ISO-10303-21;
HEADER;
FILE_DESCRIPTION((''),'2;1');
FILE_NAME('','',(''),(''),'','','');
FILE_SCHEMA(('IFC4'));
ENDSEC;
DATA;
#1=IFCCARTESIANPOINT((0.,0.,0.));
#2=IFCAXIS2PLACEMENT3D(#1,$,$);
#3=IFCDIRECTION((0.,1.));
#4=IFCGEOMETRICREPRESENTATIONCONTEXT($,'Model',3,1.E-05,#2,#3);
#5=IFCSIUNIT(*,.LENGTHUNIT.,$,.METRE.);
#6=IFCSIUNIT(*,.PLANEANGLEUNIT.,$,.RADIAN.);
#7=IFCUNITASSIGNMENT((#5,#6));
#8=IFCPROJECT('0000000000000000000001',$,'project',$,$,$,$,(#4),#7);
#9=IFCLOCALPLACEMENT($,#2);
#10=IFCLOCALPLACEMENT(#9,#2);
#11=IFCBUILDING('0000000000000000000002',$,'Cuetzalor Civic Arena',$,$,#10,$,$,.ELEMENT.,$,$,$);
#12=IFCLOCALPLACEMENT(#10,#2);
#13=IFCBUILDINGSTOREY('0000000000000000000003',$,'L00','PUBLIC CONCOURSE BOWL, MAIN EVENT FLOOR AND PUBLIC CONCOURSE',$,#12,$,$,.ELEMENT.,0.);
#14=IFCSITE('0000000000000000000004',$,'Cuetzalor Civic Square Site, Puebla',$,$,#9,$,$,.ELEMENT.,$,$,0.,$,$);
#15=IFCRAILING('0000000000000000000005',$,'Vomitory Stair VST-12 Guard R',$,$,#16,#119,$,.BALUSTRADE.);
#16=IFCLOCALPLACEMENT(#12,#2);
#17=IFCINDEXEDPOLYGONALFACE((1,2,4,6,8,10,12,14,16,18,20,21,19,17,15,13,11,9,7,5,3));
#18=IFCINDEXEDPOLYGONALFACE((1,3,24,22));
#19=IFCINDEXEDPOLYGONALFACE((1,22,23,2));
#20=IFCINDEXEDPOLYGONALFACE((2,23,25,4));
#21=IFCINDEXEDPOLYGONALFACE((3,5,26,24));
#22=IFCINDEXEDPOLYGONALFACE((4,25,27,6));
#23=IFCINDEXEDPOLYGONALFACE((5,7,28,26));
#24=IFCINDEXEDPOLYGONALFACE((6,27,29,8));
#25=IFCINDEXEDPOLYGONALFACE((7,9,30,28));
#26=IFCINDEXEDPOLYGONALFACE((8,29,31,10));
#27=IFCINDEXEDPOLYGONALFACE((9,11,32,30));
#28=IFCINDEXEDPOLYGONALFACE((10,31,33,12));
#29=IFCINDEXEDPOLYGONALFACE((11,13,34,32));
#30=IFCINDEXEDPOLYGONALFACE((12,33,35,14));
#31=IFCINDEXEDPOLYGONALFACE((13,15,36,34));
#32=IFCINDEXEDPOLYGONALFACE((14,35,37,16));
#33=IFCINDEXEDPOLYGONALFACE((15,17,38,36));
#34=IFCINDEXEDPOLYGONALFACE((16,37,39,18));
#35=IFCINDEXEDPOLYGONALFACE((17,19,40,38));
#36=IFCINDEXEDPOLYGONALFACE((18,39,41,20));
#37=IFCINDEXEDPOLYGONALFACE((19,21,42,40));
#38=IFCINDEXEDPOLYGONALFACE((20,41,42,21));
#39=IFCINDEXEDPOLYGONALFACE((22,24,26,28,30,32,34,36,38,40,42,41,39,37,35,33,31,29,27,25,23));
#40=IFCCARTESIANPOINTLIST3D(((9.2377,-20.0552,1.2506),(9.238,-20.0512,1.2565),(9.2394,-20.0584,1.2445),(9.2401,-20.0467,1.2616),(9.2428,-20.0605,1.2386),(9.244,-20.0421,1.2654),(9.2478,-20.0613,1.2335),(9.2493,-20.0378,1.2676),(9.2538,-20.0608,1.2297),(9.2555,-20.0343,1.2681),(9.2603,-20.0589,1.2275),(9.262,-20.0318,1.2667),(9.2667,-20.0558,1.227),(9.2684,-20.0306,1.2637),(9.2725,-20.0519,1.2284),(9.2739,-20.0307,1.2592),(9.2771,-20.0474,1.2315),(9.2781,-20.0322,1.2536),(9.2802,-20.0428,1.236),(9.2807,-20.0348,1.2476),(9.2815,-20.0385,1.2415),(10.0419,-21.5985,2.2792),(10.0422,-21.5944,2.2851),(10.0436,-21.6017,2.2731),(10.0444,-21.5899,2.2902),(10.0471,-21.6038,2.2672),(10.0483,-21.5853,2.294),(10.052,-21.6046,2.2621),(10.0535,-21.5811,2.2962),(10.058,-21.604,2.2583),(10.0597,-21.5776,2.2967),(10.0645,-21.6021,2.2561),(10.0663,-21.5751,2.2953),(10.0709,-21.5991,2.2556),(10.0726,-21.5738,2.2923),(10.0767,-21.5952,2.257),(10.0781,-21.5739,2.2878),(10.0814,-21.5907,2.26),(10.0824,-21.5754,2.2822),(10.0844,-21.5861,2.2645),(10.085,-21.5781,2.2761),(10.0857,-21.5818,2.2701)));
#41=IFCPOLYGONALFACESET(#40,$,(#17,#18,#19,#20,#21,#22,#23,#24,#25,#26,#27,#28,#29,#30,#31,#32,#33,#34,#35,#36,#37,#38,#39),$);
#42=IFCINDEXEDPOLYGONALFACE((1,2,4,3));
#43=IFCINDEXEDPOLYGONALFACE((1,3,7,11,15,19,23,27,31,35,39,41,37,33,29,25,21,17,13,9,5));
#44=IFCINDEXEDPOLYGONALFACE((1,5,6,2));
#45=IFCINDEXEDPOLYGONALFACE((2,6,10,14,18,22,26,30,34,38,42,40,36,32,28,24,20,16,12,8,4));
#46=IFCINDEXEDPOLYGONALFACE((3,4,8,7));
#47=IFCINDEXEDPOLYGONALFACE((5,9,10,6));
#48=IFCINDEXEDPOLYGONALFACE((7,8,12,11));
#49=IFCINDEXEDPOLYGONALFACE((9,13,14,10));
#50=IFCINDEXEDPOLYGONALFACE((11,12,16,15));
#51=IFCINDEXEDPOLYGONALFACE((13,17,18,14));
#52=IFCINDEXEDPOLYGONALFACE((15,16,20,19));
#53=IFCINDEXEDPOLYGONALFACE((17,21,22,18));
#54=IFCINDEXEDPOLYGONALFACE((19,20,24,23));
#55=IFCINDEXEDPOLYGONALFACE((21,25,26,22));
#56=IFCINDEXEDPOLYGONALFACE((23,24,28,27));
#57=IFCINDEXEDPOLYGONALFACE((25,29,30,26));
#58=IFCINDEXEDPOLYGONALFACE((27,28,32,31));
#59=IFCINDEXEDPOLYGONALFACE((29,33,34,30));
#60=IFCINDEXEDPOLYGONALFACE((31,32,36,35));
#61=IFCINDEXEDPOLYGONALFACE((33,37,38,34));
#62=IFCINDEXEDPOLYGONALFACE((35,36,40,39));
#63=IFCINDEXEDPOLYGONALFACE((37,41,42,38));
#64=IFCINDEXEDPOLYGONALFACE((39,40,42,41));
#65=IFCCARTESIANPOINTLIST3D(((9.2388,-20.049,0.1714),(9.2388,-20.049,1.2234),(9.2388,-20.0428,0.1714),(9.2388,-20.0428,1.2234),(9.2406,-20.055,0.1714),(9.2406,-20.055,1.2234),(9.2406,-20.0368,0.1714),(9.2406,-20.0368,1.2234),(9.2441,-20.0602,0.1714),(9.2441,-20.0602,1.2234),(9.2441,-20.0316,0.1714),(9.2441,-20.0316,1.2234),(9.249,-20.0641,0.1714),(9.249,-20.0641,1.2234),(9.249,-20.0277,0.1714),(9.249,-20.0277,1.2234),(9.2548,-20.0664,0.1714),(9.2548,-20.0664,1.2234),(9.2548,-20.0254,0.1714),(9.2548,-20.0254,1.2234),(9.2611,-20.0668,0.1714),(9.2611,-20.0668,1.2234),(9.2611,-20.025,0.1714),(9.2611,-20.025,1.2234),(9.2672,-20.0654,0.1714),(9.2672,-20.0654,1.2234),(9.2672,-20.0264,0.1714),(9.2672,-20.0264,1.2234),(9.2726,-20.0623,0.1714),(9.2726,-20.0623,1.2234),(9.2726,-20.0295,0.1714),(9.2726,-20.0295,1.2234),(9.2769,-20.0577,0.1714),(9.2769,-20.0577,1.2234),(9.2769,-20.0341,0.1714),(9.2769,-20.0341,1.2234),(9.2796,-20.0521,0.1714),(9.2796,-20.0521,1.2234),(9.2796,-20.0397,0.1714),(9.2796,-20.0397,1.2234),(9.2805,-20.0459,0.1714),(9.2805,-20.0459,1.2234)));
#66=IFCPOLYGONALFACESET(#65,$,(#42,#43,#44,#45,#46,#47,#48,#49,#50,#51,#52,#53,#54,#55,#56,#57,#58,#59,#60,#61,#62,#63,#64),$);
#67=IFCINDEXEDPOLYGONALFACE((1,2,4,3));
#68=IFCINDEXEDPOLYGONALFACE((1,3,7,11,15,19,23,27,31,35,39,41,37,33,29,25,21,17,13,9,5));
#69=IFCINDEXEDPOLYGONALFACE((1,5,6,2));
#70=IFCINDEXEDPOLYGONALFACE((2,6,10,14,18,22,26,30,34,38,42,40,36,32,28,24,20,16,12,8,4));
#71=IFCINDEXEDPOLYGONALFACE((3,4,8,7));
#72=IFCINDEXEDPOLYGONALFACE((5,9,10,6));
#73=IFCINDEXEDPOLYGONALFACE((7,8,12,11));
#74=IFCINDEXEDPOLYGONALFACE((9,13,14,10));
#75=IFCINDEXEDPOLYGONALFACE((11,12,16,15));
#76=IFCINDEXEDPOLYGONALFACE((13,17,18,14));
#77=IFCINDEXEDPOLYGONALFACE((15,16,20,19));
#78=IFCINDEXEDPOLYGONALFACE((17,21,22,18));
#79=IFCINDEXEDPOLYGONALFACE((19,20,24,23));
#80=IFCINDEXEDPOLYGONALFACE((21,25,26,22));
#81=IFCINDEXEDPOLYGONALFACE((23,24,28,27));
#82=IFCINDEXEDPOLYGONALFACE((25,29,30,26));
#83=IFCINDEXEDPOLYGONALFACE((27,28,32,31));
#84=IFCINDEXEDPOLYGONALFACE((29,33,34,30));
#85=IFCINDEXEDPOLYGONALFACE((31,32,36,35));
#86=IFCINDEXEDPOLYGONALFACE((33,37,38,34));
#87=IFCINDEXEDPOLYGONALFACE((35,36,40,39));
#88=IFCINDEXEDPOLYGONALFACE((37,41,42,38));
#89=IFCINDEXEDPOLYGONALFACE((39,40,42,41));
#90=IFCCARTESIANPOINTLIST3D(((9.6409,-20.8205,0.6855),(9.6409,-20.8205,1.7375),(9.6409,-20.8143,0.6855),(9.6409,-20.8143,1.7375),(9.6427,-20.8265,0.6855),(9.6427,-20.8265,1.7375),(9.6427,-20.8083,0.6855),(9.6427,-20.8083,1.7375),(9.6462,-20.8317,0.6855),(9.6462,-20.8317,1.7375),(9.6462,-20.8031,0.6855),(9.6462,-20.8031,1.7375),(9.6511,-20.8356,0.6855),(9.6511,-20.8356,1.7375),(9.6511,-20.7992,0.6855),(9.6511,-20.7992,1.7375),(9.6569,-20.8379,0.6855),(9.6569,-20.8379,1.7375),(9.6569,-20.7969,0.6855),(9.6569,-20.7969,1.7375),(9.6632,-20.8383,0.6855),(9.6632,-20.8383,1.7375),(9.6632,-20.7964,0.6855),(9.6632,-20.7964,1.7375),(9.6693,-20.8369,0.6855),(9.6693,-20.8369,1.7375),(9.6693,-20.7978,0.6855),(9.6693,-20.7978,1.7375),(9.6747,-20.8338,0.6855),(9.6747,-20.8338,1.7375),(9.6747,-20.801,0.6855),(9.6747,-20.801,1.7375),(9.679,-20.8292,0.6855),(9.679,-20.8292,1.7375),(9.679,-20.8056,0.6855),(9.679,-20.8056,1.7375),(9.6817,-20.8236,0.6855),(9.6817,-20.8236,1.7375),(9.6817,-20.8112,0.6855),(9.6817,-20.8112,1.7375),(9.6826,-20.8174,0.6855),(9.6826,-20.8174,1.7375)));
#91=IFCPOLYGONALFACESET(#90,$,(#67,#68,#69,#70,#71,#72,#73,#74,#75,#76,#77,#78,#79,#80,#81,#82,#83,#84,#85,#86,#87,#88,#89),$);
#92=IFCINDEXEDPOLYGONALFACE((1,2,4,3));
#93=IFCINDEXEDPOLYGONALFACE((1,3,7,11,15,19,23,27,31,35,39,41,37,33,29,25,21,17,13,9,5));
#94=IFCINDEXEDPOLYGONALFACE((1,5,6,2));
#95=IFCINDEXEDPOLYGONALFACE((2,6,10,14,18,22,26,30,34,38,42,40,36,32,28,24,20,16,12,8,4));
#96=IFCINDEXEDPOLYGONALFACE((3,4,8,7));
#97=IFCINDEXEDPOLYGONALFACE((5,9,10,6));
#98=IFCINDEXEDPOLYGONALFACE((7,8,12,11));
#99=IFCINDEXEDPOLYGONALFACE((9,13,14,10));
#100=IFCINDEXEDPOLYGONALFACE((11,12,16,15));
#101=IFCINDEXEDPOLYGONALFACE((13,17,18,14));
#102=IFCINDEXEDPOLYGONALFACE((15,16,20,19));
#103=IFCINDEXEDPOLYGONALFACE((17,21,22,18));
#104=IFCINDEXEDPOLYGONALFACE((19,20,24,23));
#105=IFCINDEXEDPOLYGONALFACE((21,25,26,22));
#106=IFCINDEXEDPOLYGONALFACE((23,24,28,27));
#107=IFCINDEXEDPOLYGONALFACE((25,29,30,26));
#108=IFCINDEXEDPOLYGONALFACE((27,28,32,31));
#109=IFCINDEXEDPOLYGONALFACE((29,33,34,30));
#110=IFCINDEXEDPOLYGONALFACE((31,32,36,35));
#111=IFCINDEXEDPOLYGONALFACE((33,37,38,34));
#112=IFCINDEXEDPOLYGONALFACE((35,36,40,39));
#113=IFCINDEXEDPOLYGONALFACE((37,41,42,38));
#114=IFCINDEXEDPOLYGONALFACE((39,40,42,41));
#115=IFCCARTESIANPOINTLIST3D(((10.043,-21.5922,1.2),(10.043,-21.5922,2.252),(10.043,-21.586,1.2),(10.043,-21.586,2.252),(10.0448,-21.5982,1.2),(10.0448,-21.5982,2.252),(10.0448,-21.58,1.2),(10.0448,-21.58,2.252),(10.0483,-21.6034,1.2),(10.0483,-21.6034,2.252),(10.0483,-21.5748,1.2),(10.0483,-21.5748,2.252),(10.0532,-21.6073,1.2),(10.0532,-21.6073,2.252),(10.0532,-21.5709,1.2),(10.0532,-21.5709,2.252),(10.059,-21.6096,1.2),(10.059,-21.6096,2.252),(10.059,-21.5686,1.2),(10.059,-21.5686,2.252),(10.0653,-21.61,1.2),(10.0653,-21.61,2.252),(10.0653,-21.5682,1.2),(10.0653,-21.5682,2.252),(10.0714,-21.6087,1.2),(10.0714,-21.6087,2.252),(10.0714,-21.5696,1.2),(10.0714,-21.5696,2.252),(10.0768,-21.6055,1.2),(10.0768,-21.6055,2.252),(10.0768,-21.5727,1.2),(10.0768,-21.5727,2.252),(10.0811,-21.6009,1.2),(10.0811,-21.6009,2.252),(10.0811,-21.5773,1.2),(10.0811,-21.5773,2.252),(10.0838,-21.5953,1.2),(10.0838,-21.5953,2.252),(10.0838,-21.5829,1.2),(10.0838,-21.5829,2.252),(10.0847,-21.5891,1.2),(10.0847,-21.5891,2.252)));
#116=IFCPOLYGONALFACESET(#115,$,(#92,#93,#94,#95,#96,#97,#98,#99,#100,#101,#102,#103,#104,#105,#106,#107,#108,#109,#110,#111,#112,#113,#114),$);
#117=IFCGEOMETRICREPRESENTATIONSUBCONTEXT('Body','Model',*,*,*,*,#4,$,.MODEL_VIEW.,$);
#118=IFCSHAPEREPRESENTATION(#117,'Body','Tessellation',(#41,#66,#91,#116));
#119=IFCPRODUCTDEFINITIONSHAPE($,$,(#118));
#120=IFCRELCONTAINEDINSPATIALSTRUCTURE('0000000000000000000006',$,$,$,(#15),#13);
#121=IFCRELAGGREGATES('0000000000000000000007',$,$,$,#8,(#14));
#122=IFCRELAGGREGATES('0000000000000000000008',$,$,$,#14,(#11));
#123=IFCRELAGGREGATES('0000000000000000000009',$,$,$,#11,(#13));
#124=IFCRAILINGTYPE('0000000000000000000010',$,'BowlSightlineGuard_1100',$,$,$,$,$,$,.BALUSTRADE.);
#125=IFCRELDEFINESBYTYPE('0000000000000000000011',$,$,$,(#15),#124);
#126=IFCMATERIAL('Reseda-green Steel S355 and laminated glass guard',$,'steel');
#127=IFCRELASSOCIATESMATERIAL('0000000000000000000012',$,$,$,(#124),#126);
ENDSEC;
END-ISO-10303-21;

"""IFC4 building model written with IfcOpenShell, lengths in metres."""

from ifc_helpers import new_model, si_unit, direction, frame, origin, origin_2d, place, context, subcontext, project, spatial, circle, extrude, material, type_object, element, save


model = new_model("IFC4")

# Units and contexts
model_context = context("Model", 3, precision=1e-05, world=origin(), true_north=direction((0.0, 1.0)))
body_context = subcontext(model_context, "Body", "Model", "MODEL_VIEW")
ifc_project = project(units=[si_unit("LENGTHUNIT", "METRE"), si_unit("PLANEANGLEUNIT", "RADIAN")], contexts=[model_context])

# Site, building, storey
site_placement = place(None, origin())
site = spatial("IfcSite", under=ifc_project, at=site_placement, Name="Cuetzalor Civic Square Site, Puebla", CompositionType="ELEMENT", RefElevation=0.0)
building_placement = place(site_placement, origin())
building = spatial("IfcBuilding", under=site, at=building_placement, Name="Cuetzalor Civic Arena", CompositionType="ELEMENT")
storey_placement = place(building_placement, origin())
storey = spatial("IfcBuildingStorey", under=building, at=storey_placement, Name="L00", Description="PUBLIC CONCOURSE BOWL, MAIN EVENT FLOOR AND PUBLIC CONCOURSE", CompositionType="ELEMENT", Elevation=0.0)

# Railing
ifc_material_1 = material(Name="Reseda-green Steel S355 and laminated glass guard", Category="steel")
railing_type_1 = type_object("IfcRailingType", Name="BowlSightlineGuard_1100", PredefinedType="BALUSTRADE", material=ifc_material_1)
railing_1_placement = place(storey_placement, frame((9.2595, -20.0459, 0.1714)))
element("IfcRailing", 1, at=railing_1_placement, inside=storey, type_object=railing_type_1, Name="Vomitory Stair VST-12 Guard R", PredefinedType="BALUSTRADE", context=body_context, shape_type="SweptSolid", body=[
    extrude(circle(Radius=0.0239, at=origin_2d()), frame((0.0, 0.0, 1.0762), z_axis=(0.397836, -0.763426, 0.50883), x_axis=(0.88681, 0.462134, 0.0)), (0.0, 0.0, 1.0), 2.0215),
    extrude(circle(Radius=0.021, at=origin_2d()), origin(), (0.0, 0.0, 1.0), 1.052),
    extrude(circle(Radius=0.021, at=origin_2d()), frame((0.4021, -0.7715, 0.5142)), (0.0, 0.0, 1.0), 1.052),
    extrude(circle(Radius=0.021, at=origin_2d()), frame((0.8042, -1.5432, 1.0286)), (0.0, 0.0, 1.0), 1.052),
])

save(model, "model.ifc")
